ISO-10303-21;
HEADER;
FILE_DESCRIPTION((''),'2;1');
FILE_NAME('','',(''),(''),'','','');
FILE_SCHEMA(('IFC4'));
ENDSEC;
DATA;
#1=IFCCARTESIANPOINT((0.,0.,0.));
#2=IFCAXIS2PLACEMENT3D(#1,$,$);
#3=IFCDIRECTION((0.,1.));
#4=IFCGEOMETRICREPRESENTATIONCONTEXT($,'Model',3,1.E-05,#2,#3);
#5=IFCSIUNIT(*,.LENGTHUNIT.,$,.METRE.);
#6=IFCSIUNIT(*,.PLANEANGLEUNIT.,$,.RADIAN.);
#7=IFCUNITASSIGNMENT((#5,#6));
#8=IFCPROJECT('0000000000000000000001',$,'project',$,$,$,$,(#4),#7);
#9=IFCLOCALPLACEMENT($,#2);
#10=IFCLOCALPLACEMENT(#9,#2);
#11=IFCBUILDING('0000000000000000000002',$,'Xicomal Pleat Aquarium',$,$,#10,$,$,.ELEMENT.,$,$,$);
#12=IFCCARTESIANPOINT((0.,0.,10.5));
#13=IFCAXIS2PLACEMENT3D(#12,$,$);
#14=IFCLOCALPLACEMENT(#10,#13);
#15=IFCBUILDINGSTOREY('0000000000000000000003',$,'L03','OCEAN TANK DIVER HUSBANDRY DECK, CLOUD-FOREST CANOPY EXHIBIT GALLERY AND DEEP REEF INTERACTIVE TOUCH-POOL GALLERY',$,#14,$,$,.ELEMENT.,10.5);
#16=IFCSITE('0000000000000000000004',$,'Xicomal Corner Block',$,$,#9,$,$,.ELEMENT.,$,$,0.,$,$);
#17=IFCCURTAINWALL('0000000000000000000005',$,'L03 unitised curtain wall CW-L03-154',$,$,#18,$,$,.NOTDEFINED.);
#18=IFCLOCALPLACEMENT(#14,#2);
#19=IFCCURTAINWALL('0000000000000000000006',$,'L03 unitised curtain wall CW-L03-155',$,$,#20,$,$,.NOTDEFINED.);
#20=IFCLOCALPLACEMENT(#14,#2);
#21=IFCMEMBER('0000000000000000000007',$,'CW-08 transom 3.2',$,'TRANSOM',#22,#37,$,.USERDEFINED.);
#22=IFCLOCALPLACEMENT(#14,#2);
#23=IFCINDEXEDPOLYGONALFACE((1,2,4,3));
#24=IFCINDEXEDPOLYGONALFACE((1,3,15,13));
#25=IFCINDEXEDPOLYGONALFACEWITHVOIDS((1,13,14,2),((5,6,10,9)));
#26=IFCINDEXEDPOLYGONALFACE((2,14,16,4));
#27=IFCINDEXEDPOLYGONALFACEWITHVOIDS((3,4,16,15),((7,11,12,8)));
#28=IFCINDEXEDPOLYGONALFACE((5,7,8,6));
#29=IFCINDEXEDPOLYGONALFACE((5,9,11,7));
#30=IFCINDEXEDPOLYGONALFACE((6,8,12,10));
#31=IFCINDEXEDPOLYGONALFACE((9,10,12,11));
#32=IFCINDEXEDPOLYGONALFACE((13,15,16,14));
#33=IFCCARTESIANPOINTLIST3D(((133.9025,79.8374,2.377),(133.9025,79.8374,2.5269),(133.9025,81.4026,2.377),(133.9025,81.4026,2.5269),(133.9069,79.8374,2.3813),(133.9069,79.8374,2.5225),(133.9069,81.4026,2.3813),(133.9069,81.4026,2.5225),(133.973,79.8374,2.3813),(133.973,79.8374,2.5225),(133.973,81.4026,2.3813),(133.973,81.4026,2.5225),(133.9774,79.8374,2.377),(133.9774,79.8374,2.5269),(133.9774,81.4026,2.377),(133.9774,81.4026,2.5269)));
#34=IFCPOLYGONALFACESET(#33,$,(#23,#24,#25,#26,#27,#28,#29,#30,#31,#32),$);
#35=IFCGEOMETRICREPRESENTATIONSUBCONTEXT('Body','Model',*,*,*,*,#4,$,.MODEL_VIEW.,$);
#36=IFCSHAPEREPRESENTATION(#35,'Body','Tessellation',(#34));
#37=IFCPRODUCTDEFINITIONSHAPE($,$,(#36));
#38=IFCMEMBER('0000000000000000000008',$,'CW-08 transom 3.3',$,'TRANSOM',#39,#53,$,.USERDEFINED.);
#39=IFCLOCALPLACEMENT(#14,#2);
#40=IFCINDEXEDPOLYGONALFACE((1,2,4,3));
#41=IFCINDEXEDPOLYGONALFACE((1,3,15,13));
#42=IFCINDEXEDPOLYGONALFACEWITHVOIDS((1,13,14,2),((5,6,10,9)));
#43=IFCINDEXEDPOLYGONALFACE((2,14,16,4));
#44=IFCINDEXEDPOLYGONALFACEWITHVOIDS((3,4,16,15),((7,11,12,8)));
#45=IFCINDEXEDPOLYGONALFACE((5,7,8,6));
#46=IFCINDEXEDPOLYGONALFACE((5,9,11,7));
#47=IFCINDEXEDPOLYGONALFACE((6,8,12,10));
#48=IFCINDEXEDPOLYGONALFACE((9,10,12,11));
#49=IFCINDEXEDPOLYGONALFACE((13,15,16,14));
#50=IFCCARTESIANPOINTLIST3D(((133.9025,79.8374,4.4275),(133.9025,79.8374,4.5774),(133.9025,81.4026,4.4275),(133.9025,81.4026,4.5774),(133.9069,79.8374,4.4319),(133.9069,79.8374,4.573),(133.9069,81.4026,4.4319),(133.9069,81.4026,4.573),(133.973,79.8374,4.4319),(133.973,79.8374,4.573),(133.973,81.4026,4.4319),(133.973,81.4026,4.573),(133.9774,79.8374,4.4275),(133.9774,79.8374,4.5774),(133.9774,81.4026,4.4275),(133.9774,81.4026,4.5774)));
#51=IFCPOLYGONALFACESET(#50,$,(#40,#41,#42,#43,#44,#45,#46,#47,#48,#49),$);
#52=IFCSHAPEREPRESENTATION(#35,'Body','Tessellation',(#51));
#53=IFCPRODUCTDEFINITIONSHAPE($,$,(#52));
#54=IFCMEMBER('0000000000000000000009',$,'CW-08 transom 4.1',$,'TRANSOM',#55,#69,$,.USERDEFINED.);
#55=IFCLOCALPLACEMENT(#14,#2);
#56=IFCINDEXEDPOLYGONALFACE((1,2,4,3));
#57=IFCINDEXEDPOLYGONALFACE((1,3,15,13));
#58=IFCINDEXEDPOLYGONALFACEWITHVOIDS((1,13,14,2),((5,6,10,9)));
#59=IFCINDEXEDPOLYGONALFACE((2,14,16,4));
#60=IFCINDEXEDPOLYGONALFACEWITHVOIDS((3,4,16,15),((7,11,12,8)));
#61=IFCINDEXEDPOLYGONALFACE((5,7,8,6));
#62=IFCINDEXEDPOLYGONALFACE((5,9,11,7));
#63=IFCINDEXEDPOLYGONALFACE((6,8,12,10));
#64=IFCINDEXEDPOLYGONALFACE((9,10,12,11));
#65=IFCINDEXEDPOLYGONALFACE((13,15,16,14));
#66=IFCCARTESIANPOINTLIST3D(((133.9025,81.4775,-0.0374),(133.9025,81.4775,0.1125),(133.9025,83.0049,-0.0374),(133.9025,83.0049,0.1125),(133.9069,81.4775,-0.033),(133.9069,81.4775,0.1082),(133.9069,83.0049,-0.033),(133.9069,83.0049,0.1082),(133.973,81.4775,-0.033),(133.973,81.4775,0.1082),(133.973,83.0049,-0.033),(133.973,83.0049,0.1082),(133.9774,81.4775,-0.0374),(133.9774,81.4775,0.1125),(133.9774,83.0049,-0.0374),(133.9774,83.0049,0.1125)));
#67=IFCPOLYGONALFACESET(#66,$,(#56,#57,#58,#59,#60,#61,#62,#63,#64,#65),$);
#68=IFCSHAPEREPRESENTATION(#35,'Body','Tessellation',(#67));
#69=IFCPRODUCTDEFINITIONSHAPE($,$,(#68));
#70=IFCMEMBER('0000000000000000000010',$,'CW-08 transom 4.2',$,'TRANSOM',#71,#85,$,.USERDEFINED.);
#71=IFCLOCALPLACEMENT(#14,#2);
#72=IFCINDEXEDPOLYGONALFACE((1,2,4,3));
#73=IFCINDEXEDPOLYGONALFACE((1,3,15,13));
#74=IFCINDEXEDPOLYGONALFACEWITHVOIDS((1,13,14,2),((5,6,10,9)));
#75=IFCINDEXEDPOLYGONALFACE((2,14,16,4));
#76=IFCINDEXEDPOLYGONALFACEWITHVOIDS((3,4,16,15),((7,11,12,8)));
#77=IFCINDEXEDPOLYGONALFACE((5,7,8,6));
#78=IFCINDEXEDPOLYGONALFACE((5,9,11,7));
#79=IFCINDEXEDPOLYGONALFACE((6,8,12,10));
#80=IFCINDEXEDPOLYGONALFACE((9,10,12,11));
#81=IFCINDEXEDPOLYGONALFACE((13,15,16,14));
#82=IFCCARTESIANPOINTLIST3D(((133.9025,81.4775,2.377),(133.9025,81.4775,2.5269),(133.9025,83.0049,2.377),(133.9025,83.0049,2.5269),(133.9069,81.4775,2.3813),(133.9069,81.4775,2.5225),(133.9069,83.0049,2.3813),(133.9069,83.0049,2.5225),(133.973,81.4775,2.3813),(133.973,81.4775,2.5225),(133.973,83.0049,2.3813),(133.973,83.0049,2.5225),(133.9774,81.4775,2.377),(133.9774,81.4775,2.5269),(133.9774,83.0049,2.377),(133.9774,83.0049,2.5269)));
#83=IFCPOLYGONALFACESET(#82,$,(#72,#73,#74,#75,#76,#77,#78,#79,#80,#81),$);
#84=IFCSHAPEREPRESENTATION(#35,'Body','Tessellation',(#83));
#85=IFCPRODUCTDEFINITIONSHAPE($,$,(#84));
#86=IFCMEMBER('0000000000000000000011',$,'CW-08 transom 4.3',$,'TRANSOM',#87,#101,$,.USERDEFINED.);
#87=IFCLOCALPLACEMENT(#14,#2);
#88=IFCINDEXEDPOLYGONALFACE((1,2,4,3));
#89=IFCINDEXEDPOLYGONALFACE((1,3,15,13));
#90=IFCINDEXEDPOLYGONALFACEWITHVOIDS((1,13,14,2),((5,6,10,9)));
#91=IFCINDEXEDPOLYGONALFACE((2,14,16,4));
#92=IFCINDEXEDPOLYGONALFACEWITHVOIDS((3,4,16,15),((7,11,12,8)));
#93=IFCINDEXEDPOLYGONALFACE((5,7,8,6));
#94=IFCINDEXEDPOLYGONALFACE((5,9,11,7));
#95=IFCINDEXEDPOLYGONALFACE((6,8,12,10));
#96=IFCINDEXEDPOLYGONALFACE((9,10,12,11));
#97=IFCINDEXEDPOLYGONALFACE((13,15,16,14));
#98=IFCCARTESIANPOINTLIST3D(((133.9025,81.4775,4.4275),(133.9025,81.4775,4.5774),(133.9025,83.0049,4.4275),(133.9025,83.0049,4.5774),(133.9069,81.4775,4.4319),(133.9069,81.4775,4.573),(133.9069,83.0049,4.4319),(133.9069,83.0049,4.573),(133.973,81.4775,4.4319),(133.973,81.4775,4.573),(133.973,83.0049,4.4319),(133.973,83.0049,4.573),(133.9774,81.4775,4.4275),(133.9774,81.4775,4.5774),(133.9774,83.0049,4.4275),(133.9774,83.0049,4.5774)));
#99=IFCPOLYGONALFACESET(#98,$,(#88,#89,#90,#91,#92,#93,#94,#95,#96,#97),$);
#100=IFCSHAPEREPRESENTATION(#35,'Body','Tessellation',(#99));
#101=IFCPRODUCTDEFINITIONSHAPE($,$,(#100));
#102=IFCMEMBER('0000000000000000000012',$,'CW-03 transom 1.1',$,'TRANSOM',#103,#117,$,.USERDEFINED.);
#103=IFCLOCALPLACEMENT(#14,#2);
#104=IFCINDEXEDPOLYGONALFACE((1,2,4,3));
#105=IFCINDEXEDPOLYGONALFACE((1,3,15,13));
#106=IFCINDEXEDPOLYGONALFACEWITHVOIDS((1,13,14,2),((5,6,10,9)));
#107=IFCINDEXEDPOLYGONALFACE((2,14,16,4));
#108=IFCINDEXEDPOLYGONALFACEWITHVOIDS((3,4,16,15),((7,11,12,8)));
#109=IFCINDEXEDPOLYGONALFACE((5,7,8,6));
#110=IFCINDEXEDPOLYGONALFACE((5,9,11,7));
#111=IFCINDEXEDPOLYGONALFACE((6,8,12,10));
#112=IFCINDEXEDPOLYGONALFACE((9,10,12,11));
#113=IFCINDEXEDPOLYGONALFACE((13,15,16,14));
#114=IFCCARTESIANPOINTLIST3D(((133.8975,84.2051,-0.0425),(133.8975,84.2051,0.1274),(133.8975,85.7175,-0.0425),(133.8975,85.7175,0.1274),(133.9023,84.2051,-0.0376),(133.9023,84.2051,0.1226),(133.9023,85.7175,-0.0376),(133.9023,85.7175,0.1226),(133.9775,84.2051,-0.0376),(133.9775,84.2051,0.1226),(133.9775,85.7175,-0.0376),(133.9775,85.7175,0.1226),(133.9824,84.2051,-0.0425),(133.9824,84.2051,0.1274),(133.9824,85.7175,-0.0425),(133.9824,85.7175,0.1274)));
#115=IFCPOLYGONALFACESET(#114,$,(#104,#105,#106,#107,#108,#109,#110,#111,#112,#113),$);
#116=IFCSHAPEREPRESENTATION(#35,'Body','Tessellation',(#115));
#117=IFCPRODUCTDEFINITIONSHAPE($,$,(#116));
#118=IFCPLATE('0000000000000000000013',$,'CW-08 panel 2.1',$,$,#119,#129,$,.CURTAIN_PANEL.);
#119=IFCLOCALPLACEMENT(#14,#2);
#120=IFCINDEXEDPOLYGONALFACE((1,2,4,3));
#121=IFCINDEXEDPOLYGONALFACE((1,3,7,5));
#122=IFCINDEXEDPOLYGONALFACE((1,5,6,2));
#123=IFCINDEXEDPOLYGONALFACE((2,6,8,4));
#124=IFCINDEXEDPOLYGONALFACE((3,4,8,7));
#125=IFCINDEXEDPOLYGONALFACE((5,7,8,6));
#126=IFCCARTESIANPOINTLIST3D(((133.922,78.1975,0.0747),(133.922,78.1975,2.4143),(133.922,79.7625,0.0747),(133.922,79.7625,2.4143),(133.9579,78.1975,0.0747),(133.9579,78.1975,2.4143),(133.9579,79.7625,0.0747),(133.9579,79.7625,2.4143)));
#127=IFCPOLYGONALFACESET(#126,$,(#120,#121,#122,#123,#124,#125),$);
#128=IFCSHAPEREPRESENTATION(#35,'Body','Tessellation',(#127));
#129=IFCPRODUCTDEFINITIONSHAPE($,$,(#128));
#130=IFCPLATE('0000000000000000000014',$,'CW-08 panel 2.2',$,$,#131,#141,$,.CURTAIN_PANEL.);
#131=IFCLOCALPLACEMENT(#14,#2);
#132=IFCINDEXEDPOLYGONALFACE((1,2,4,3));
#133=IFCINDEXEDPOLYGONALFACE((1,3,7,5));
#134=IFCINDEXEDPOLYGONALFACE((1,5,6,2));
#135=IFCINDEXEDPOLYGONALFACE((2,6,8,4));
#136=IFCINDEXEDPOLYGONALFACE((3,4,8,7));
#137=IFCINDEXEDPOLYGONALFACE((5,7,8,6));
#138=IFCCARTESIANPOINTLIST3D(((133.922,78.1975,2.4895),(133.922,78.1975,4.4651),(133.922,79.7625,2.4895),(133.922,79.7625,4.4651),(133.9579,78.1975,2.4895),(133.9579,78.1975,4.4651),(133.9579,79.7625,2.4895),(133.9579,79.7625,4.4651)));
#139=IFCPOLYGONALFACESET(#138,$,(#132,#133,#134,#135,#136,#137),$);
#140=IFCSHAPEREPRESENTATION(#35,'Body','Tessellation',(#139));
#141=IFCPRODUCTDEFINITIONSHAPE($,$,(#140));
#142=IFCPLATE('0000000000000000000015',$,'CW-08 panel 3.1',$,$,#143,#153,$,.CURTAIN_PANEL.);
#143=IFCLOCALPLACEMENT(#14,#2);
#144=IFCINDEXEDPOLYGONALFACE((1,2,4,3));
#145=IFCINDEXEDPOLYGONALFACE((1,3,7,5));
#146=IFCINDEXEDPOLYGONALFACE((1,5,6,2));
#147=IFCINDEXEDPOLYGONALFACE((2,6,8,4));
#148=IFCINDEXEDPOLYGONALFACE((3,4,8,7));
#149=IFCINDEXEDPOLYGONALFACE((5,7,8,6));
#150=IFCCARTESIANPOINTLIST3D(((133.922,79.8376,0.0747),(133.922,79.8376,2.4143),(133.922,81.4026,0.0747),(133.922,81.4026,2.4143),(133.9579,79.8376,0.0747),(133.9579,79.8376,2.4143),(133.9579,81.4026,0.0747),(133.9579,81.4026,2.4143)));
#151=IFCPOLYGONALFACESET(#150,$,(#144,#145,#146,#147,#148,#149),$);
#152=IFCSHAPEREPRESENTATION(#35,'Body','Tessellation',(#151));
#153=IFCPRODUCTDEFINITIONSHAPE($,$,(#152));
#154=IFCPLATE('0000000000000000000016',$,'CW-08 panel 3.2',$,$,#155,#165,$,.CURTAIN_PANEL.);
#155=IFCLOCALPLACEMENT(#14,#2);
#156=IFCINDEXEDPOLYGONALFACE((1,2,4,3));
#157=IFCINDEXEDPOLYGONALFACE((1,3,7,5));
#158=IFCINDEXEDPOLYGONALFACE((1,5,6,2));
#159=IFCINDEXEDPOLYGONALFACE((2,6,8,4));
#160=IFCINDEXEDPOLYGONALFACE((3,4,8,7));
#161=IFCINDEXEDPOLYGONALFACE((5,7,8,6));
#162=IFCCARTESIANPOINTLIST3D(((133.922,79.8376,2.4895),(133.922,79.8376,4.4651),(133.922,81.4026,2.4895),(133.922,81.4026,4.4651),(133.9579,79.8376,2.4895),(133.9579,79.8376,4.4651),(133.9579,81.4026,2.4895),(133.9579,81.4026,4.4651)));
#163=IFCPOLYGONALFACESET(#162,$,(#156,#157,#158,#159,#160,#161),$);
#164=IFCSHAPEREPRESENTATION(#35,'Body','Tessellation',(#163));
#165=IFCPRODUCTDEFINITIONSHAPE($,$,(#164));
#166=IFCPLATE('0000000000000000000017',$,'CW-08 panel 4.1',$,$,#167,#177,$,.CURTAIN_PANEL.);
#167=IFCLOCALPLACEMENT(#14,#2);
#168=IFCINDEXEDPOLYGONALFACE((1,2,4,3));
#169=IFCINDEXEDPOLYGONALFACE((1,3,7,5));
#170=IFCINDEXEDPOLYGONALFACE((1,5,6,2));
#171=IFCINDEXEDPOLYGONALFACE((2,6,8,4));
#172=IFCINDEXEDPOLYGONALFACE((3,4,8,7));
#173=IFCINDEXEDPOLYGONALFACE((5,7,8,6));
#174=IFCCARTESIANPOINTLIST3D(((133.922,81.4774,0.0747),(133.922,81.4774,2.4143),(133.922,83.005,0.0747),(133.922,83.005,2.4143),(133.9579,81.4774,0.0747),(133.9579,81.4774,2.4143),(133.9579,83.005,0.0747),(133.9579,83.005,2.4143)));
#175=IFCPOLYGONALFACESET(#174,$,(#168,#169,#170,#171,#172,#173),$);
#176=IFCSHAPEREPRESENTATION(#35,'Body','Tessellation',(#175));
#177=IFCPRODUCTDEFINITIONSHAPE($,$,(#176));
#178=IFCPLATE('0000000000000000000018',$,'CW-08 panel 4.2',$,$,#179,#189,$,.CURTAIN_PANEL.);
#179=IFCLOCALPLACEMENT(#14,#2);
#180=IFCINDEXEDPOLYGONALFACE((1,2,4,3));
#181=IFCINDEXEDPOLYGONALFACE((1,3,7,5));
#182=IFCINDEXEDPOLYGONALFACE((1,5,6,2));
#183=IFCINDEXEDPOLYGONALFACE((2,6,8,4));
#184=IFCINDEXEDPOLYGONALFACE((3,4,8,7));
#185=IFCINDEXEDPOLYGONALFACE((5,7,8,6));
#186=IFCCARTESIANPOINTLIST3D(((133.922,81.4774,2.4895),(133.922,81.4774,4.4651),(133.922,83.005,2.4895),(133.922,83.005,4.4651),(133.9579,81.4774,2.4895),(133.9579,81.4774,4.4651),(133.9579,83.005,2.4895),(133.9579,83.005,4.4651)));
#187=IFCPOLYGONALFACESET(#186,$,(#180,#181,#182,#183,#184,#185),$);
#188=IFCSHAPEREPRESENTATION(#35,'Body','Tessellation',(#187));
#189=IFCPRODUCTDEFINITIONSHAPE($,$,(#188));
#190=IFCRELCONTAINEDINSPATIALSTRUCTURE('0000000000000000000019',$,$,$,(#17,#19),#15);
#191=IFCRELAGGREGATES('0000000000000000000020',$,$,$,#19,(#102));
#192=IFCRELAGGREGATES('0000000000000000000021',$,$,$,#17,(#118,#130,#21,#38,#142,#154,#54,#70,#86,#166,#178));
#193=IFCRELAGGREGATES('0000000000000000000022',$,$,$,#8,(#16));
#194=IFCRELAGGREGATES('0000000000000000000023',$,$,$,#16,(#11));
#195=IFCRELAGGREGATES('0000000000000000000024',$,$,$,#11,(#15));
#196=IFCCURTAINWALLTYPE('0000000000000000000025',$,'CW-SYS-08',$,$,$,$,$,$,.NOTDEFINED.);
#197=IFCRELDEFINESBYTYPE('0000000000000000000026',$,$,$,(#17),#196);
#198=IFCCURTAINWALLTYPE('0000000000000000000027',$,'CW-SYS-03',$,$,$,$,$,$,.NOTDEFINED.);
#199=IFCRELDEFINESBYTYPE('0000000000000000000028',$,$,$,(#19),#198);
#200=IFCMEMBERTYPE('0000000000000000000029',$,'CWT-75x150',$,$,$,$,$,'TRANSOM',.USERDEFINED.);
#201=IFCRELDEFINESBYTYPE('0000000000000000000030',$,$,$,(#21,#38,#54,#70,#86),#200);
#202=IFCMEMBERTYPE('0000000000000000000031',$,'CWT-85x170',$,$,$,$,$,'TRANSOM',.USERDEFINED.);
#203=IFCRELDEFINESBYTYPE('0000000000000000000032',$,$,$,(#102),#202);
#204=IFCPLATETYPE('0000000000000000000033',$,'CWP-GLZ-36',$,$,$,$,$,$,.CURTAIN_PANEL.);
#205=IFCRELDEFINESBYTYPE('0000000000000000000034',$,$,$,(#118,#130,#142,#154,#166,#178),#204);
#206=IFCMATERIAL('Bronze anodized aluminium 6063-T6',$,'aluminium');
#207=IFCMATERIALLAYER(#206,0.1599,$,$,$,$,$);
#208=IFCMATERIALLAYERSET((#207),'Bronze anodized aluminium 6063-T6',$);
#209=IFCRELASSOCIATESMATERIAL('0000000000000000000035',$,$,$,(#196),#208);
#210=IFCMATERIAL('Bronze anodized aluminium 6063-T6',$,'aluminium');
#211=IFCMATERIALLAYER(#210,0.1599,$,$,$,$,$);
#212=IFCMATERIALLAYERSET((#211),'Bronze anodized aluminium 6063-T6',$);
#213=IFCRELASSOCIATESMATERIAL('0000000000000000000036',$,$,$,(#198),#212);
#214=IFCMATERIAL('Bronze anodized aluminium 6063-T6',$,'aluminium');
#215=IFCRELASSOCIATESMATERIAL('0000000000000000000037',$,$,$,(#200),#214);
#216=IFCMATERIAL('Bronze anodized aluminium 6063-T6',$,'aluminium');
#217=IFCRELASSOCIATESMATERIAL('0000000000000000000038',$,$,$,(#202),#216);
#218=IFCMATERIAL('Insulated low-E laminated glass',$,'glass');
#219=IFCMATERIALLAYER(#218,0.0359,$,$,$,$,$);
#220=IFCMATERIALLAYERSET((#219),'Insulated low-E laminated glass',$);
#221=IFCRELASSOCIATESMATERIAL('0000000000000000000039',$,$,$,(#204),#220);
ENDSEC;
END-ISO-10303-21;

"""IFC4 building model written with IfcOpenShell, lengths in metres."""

from ifc_helpers import new_model, si_unit, direction, frame, origin, origin_2d, place, context, subcontext, project, spatial, rectangle, hollow_rectangle, extrude, material, layer, layer_set, material_profile, profile_set, type_object, element, aggregate, save


model = new_model("IFC4")

# Units and contexts
model_context = context("Model", 3, precision=1e-05, world=origin(), true_north=direction((0.0, 1.0)))
body_context = subcontext(model_context, "Body", "Model", "MODEL_VIEW")
ifc_project = project(units=[si_unit("LENGTHUNIT", "METRE"), si_unit("PLANEANGLEUNIT", "RADIAN")], contexts=[model_context])

# Site, building, storey
site_placement = place(None, origin())
site = spatial("IfcSite", under=ifc_project, at=site_placement, Name="Xicomal Corner Block", CompositionType="ELEMENT", RefElevation=0.0)
building_placement = place(site_placement, origin())
building = spatial("IfcBuilding", under=site, at=building_placement, Name="Xicomal Pleat Aquarium", CompositionType="ELEMENT")
storey_placement = place(building_placement, frame((0.0, 0.0, 10.5)))
storey = spatial("IfcBuildingStorey", under=building, at=storey_placement, Name="L03", Description="OCEAN TANK DIVER HUSBANDRY DECK, CLOUD-FOREST CANOPY EXHIBIT GALLERY AND DEEP REEF INTERACTIVE TOUCH-POOL GALLERY", CompositionType="ELEMENT", Elevation=10.5)

# Curtain wall
ifc_material_1 = material(Name="Bronze anodized aluminium 6063-T6", Category="aluminium")
ifc_layer_1 = layer(ifc_material_1, 0.1599)
ifc_layer_set_1 = layer_set([ifc_layer_1], Name="Bronze anodized aluminium 6063-T6")
curtain_wall_type_1 = type_object("IfcCurtainWallType", Name="CW-SYS-08", PredefinedType="NOTDEFINED", material=ifc_layer_set_1)
curtain_wall_1_placement = place(storey_placement, origin())
curtain_wall_1 = element("IfcCurtainWall", 1, at=curtain_wall_1_placement, inside=storey, type_object=curtain_wall_type_1, Name="L03 unitised curtain wall CW-L03-154", PredefinedType="NOTDEFINED")

# Curtain wall
ifc_material_2 = material(Name="Bronze anodized aluminium 6063-T6", Category="aluminium")
ifc_layer_2 = layer(ifc_material_2, 0.1599)
ifc_layer_set_2 = layer_set([ifc_layer_2], Name="Bronze anodized aluminium 6063-T6")
curtain_wall_type_2 = type_object("IfcCurtainWallType", Name="CW-SYS-03", PredefinedType="NOTDEFINED", material=ifc_layer_set_2)
curtain_wall_2_placement = place(storey_placement, origin())
curtain_wall_2 = element("IfcCurtainWall", 2, at=curtain_wall_2_placement, inside=storey, type_object=curtain_wall_type_2, Name="L03 unitised curtain wall CW-L03-155", PredefinedType="NOTDEFINED")

# Members
ifc_material_3 = material(Name="Bronze anodized aluminium 6063-T6", Category="aluminium")
ifc_material_profile_1 = material_profile(ifc_material_3, hollow_rectangle(XDim=0.075, YDim=0.1499, WallThickness=0.0044, at=origin_2d()), Name="ALU TRAN 75x150")
ifc_profile_set_1 = profile_set([ifc_material_profile_1], Name="Bronze anodized aluminium 6063-T6")
member_type_1 = type_object("IfcMemberType", Name="CWT-75x150", ElementType="TRANSOM", PredefinedType="USERDEFINED", material=ifc_profile_set_1)
member_1_placement = place(storey_placement, frame((133.9399, 79.8374, 2.4519), z_axis=(0.0, 1.0, 0.0), x_axis=(-1.0, 0.0, 0.0)))
member_1 = element("IfcMember", 3, at=member_1_placement, type_object=member_type_1, Name="CW-08 transom 3.2", ObjectType="TRANSOM", PredefinedType="USERDEFINED", context=body_context, shape_type="SweptSolid", body=[
    extrude(hollow_rectangle(XDim=0.075, YDim=0.1499, WallThickness=0.0044, at=origin_2d()), origin(), (0.0, 0.0, 1.0), 1.5652),
])
member_2_placement = place(storey_placement, frame((133.9399, 79.8374, 4.5024), z_axis=(0.0, 1.0, 0.0), x_axis=(-1.0, 0.0, 0.0)))
member_2 = element("IfcMember", 4, at=member_2_placement, type_object=member_type_1, Name="CW-08 transom 3.3", ObjectType="TRANSOM", PredefinedType="USERDEFINED", context=body_context, shape_type="SweptSolid", body=[
    extrude(hollow_rectangle(XDim=0.075, YDim=0.1499, WallThickness=0.0044, at=origin_2d()), origin(), (0.0, 0.0, 1.0), 1.5652),
])
member_3_placement = place(storey_placement, frame((133.9399, 81.4775, 0.0376), z_axis=(0.0, 1.0, 0.0), x_axis=(-1.0, 0.0, 0.0)))
member_3 = element("IfcMember", 5, at=member_3_placement, type_object=member_type_1, Name="CW-08 transom 4.1", ObjectType="TRANSOM", PredefinedType="USERDEFINED", context=body_context, shape_type="SweptSolid", body=[
    extrude(hollow_rectangle(XDim=0.075, YDim=0.1499, WallThickness=0.0044, at=origin_2d()), origin(), (0.0, 0.0, 1.0), 1.5273),
])
member_4_placement = place(storey_placement, frame((133.9399, 81.4775, 2.4519), z_axis=(0.0, 1.0, 0.0), x_axis=(-1.0, 0.0, 0.0)))
member_4 = element("IfcMember", 6, at=member_4_placement, type_object=member_type_1, Name="CW-08 transom 4.2", ObjectType="TRANSOM", PredefinedType="USERDEFINED", context=body_context, shape_type="SweptSolid", body=[
    extrude(hollow_rectangle(XDim=0.075, YDim=0.1499, WallThickness=0.0044, at=origin_2d()), origin(), (0.0, 0.0, 1.0), 1.5273),
])
member_5_placement = place(storey_placement, frame((133.9399, 81.4775, 4.5024), z_axis=(0.0, 1.0, 0.0), x_axis=(-1.0, 0.0, 0.0)))
member_5 = element("IfcMember", 7, at=member_5_placement, type_object=member_type_1, Name="CW-08 transom 4.3", ObjectType="TRANSOM", PredefinedType="USERDEFINED", context=body_context, shape_type="SweptSolid", body=[
    extrude(hollow_rectangle(XDim=0.075, YDim=0.1499, WallThickness=0.0044, at=origin_2d()), origin(), (0.0, 0.0, 1.0), 1.5273),
])
ifc_material_4 = material(Name="Bronze anodized aluminium 6063-T6", Category="aluminium")
ifc_material_profile_2 = material_profile(ifc_material_4, hollow_rectangle(XDim=0.085, YDim=0.1699, WallThickness=0.0049, at=origin_2d()), Name="ALU TRAN 85x170")
ifc_profile_set_2 = profile_set([ifc_material_profile_2], Name="Bronze anodized aluminium 6063-T6")
member_type_2 = type_object("IfcMemberType", Name="CWT-85x170", ElementType="TRANSOM", PredefinedType="USERDEFINED", material=ifc_profile_set_2)
member_6_placement = place(storey_placement, frame((133.9399, 84.2051, 0.0425), z_axis=(0.0, 1.0, 0.0), x_axis=(-1.0, 0.0, 0.0)))
member_6 = element("IfcMember", 8, at=member_6_placement, type_object=member_type_2, Name="CW-03 transom 1.1", ObjectType="TRANSOM", PredefinedType="USERDEFINED", context=body_context, shape_type="SweptSolid", body=[
    extrude(hollow_rectangle(XDim=0.085, YDim=0.1699, WallThickness=0.0049, at=origin_2d()), origin(), (0.0, 0.0, 1.0), 1.5125),
])
aggregate(curtain_wall_2, [member_6])

# Plates
ifc_material_5 = material(Name="Insulated low-E laminated glass", Category="glass")
ifc_layer_3 = layer(ifc_material_5, 0.0359)
ifc_layer_set_3 = layer_set([ifc_layer_3], Name="Insulated low-E laminated glass")
plate_type = type_object("IfcPlateType", Name="CWP-GLZ-36", PredefinedType="CURTAIN_PANEL", material=ifc_layer_set_3)
plate_1_placement = place(storey_placement, frame((133.9399, 78.98, 0.0747), z_axis=(0.0, 0.0, 1.0), x_axis=(0.0, 1.0, 0.0)))
plate_1 = element("IfcPlate", 9, at=plate_1_placement, type_object=plate_type, Name="CW-08 panel 2.1", PredefinedType="CURTAIN_PANEL", context=body_context, shape_type="SweptSolid", body=[
    extrude(rectangle(XDim=1.5649, YDim=0.0359, at=origin_2d()), origin(), (0.0, 0.0, 1.0), 2.3396),
])
plate_2_placement = place(storey_placement, frame((133.9399, 78.98, 2.4895), z_axis=(0.0, 0.0, 1.0), x_axis=(0.0, 1.0, 0.0)))
plate_2 = element("IfcPlate", 10, at=plate_2_placement, type_object=plate_type, Name="CW-08 panel 2.2", PredefinedType="CURTAIN_PANEL", context=body_context, shape_type="SweptSolid", body=[
    extrude(rectangle(XDim=1.5649, YDim=0.0359, at=origin_2d()), origin(), (0.0, 0.0, 1.0), 1.9756),
])
plate_3_placement = place(storey_placement, frame((133.9399, 80.6201, 0.0747), z_axis=(0.0, 0.0, 1.0), x_axis=(0.0, 1.0, 0.0)))
plate_3 = element("IfcPlate", 11, at=plate_3_placement, type_object=plate_type, Name="CW-08 panel 3.1", PredefinedType="CURTAIN_PANEL", context=body_context, shape_type="SweptSolid", body=[
    extrude(rectangle(XDim=1.5649, YDim=0.0359, at=origin_2d()), origin(), (0.0, 0.0, 1.0), 2.3396),
])
plate_4_placement = place(storey_placement, frame((133.9399, 80.6201, 2.4895), z_axis=(0.0, 0.0, 1.0), x_axis=(0.0, 1.0, 0.0)))
plate_4 = element("IfcPlate", 12, at=plate_4_placement, type_object=plate_type, Name="CW-08 panel 3.2", PredefinedType="CURTAIN_PANEL", context=body_context, shape_type="SweptSolid", body=[
    extrude(rectangle(XDim=1.5649, YDim=0.0359, at=origin_2d()), origin(), (0.0, 0.0, 1.0), 1.9756),
])
plate_5_placement = place(storey_placement, frame((133.9399, 82.2412, 0.0747), z_axis=(0.0, 0.0, 1.0), x_axis=(0.0, 1.0, 0.0)))
plate_5 = element("IfcPlate", 13, at=plate_5_placement, type_object=plate_type, Name="CW-08 panel 4.1", PredefinedType="CURTAIN_PANEL", context=body_context, shape_type="SweptSolid", body=[
    extrude(rectangle(XDim=1.5276, YDim=0.0359, at=origin_2d()), origin(), (0.0, 0.0, 1.0), 2.3396),
])
plate_6_placement = place(storey_placement, frame((133.9399, 82.2412, 2.4895), z_axis=(0.0, 0.0, 1.0), x_axis=(0.0, 1.0, 0.0)))
plate_6 = element("IfcPlate", 14, at=plate_6_placement, type_object=plate_type, Name="CW-08 panel 4.2", PredefinedType="CURTAIN_PANEL", context=body_context, shape_type="SweptSolid", body=[
    extrude(rectangle(XDim=1.5276, YDim=0.0359, at=origin_2d()), origin(), (0.0, 0.0, 1.0), 1.9756),
])
aggregate(curtain_wall_1, [plate_1, plate_2, member_1, member_2, plate_3, plate_4, member_3, member_4, member_5, plate_5, plate_6])

save(model, "model.ifc")
